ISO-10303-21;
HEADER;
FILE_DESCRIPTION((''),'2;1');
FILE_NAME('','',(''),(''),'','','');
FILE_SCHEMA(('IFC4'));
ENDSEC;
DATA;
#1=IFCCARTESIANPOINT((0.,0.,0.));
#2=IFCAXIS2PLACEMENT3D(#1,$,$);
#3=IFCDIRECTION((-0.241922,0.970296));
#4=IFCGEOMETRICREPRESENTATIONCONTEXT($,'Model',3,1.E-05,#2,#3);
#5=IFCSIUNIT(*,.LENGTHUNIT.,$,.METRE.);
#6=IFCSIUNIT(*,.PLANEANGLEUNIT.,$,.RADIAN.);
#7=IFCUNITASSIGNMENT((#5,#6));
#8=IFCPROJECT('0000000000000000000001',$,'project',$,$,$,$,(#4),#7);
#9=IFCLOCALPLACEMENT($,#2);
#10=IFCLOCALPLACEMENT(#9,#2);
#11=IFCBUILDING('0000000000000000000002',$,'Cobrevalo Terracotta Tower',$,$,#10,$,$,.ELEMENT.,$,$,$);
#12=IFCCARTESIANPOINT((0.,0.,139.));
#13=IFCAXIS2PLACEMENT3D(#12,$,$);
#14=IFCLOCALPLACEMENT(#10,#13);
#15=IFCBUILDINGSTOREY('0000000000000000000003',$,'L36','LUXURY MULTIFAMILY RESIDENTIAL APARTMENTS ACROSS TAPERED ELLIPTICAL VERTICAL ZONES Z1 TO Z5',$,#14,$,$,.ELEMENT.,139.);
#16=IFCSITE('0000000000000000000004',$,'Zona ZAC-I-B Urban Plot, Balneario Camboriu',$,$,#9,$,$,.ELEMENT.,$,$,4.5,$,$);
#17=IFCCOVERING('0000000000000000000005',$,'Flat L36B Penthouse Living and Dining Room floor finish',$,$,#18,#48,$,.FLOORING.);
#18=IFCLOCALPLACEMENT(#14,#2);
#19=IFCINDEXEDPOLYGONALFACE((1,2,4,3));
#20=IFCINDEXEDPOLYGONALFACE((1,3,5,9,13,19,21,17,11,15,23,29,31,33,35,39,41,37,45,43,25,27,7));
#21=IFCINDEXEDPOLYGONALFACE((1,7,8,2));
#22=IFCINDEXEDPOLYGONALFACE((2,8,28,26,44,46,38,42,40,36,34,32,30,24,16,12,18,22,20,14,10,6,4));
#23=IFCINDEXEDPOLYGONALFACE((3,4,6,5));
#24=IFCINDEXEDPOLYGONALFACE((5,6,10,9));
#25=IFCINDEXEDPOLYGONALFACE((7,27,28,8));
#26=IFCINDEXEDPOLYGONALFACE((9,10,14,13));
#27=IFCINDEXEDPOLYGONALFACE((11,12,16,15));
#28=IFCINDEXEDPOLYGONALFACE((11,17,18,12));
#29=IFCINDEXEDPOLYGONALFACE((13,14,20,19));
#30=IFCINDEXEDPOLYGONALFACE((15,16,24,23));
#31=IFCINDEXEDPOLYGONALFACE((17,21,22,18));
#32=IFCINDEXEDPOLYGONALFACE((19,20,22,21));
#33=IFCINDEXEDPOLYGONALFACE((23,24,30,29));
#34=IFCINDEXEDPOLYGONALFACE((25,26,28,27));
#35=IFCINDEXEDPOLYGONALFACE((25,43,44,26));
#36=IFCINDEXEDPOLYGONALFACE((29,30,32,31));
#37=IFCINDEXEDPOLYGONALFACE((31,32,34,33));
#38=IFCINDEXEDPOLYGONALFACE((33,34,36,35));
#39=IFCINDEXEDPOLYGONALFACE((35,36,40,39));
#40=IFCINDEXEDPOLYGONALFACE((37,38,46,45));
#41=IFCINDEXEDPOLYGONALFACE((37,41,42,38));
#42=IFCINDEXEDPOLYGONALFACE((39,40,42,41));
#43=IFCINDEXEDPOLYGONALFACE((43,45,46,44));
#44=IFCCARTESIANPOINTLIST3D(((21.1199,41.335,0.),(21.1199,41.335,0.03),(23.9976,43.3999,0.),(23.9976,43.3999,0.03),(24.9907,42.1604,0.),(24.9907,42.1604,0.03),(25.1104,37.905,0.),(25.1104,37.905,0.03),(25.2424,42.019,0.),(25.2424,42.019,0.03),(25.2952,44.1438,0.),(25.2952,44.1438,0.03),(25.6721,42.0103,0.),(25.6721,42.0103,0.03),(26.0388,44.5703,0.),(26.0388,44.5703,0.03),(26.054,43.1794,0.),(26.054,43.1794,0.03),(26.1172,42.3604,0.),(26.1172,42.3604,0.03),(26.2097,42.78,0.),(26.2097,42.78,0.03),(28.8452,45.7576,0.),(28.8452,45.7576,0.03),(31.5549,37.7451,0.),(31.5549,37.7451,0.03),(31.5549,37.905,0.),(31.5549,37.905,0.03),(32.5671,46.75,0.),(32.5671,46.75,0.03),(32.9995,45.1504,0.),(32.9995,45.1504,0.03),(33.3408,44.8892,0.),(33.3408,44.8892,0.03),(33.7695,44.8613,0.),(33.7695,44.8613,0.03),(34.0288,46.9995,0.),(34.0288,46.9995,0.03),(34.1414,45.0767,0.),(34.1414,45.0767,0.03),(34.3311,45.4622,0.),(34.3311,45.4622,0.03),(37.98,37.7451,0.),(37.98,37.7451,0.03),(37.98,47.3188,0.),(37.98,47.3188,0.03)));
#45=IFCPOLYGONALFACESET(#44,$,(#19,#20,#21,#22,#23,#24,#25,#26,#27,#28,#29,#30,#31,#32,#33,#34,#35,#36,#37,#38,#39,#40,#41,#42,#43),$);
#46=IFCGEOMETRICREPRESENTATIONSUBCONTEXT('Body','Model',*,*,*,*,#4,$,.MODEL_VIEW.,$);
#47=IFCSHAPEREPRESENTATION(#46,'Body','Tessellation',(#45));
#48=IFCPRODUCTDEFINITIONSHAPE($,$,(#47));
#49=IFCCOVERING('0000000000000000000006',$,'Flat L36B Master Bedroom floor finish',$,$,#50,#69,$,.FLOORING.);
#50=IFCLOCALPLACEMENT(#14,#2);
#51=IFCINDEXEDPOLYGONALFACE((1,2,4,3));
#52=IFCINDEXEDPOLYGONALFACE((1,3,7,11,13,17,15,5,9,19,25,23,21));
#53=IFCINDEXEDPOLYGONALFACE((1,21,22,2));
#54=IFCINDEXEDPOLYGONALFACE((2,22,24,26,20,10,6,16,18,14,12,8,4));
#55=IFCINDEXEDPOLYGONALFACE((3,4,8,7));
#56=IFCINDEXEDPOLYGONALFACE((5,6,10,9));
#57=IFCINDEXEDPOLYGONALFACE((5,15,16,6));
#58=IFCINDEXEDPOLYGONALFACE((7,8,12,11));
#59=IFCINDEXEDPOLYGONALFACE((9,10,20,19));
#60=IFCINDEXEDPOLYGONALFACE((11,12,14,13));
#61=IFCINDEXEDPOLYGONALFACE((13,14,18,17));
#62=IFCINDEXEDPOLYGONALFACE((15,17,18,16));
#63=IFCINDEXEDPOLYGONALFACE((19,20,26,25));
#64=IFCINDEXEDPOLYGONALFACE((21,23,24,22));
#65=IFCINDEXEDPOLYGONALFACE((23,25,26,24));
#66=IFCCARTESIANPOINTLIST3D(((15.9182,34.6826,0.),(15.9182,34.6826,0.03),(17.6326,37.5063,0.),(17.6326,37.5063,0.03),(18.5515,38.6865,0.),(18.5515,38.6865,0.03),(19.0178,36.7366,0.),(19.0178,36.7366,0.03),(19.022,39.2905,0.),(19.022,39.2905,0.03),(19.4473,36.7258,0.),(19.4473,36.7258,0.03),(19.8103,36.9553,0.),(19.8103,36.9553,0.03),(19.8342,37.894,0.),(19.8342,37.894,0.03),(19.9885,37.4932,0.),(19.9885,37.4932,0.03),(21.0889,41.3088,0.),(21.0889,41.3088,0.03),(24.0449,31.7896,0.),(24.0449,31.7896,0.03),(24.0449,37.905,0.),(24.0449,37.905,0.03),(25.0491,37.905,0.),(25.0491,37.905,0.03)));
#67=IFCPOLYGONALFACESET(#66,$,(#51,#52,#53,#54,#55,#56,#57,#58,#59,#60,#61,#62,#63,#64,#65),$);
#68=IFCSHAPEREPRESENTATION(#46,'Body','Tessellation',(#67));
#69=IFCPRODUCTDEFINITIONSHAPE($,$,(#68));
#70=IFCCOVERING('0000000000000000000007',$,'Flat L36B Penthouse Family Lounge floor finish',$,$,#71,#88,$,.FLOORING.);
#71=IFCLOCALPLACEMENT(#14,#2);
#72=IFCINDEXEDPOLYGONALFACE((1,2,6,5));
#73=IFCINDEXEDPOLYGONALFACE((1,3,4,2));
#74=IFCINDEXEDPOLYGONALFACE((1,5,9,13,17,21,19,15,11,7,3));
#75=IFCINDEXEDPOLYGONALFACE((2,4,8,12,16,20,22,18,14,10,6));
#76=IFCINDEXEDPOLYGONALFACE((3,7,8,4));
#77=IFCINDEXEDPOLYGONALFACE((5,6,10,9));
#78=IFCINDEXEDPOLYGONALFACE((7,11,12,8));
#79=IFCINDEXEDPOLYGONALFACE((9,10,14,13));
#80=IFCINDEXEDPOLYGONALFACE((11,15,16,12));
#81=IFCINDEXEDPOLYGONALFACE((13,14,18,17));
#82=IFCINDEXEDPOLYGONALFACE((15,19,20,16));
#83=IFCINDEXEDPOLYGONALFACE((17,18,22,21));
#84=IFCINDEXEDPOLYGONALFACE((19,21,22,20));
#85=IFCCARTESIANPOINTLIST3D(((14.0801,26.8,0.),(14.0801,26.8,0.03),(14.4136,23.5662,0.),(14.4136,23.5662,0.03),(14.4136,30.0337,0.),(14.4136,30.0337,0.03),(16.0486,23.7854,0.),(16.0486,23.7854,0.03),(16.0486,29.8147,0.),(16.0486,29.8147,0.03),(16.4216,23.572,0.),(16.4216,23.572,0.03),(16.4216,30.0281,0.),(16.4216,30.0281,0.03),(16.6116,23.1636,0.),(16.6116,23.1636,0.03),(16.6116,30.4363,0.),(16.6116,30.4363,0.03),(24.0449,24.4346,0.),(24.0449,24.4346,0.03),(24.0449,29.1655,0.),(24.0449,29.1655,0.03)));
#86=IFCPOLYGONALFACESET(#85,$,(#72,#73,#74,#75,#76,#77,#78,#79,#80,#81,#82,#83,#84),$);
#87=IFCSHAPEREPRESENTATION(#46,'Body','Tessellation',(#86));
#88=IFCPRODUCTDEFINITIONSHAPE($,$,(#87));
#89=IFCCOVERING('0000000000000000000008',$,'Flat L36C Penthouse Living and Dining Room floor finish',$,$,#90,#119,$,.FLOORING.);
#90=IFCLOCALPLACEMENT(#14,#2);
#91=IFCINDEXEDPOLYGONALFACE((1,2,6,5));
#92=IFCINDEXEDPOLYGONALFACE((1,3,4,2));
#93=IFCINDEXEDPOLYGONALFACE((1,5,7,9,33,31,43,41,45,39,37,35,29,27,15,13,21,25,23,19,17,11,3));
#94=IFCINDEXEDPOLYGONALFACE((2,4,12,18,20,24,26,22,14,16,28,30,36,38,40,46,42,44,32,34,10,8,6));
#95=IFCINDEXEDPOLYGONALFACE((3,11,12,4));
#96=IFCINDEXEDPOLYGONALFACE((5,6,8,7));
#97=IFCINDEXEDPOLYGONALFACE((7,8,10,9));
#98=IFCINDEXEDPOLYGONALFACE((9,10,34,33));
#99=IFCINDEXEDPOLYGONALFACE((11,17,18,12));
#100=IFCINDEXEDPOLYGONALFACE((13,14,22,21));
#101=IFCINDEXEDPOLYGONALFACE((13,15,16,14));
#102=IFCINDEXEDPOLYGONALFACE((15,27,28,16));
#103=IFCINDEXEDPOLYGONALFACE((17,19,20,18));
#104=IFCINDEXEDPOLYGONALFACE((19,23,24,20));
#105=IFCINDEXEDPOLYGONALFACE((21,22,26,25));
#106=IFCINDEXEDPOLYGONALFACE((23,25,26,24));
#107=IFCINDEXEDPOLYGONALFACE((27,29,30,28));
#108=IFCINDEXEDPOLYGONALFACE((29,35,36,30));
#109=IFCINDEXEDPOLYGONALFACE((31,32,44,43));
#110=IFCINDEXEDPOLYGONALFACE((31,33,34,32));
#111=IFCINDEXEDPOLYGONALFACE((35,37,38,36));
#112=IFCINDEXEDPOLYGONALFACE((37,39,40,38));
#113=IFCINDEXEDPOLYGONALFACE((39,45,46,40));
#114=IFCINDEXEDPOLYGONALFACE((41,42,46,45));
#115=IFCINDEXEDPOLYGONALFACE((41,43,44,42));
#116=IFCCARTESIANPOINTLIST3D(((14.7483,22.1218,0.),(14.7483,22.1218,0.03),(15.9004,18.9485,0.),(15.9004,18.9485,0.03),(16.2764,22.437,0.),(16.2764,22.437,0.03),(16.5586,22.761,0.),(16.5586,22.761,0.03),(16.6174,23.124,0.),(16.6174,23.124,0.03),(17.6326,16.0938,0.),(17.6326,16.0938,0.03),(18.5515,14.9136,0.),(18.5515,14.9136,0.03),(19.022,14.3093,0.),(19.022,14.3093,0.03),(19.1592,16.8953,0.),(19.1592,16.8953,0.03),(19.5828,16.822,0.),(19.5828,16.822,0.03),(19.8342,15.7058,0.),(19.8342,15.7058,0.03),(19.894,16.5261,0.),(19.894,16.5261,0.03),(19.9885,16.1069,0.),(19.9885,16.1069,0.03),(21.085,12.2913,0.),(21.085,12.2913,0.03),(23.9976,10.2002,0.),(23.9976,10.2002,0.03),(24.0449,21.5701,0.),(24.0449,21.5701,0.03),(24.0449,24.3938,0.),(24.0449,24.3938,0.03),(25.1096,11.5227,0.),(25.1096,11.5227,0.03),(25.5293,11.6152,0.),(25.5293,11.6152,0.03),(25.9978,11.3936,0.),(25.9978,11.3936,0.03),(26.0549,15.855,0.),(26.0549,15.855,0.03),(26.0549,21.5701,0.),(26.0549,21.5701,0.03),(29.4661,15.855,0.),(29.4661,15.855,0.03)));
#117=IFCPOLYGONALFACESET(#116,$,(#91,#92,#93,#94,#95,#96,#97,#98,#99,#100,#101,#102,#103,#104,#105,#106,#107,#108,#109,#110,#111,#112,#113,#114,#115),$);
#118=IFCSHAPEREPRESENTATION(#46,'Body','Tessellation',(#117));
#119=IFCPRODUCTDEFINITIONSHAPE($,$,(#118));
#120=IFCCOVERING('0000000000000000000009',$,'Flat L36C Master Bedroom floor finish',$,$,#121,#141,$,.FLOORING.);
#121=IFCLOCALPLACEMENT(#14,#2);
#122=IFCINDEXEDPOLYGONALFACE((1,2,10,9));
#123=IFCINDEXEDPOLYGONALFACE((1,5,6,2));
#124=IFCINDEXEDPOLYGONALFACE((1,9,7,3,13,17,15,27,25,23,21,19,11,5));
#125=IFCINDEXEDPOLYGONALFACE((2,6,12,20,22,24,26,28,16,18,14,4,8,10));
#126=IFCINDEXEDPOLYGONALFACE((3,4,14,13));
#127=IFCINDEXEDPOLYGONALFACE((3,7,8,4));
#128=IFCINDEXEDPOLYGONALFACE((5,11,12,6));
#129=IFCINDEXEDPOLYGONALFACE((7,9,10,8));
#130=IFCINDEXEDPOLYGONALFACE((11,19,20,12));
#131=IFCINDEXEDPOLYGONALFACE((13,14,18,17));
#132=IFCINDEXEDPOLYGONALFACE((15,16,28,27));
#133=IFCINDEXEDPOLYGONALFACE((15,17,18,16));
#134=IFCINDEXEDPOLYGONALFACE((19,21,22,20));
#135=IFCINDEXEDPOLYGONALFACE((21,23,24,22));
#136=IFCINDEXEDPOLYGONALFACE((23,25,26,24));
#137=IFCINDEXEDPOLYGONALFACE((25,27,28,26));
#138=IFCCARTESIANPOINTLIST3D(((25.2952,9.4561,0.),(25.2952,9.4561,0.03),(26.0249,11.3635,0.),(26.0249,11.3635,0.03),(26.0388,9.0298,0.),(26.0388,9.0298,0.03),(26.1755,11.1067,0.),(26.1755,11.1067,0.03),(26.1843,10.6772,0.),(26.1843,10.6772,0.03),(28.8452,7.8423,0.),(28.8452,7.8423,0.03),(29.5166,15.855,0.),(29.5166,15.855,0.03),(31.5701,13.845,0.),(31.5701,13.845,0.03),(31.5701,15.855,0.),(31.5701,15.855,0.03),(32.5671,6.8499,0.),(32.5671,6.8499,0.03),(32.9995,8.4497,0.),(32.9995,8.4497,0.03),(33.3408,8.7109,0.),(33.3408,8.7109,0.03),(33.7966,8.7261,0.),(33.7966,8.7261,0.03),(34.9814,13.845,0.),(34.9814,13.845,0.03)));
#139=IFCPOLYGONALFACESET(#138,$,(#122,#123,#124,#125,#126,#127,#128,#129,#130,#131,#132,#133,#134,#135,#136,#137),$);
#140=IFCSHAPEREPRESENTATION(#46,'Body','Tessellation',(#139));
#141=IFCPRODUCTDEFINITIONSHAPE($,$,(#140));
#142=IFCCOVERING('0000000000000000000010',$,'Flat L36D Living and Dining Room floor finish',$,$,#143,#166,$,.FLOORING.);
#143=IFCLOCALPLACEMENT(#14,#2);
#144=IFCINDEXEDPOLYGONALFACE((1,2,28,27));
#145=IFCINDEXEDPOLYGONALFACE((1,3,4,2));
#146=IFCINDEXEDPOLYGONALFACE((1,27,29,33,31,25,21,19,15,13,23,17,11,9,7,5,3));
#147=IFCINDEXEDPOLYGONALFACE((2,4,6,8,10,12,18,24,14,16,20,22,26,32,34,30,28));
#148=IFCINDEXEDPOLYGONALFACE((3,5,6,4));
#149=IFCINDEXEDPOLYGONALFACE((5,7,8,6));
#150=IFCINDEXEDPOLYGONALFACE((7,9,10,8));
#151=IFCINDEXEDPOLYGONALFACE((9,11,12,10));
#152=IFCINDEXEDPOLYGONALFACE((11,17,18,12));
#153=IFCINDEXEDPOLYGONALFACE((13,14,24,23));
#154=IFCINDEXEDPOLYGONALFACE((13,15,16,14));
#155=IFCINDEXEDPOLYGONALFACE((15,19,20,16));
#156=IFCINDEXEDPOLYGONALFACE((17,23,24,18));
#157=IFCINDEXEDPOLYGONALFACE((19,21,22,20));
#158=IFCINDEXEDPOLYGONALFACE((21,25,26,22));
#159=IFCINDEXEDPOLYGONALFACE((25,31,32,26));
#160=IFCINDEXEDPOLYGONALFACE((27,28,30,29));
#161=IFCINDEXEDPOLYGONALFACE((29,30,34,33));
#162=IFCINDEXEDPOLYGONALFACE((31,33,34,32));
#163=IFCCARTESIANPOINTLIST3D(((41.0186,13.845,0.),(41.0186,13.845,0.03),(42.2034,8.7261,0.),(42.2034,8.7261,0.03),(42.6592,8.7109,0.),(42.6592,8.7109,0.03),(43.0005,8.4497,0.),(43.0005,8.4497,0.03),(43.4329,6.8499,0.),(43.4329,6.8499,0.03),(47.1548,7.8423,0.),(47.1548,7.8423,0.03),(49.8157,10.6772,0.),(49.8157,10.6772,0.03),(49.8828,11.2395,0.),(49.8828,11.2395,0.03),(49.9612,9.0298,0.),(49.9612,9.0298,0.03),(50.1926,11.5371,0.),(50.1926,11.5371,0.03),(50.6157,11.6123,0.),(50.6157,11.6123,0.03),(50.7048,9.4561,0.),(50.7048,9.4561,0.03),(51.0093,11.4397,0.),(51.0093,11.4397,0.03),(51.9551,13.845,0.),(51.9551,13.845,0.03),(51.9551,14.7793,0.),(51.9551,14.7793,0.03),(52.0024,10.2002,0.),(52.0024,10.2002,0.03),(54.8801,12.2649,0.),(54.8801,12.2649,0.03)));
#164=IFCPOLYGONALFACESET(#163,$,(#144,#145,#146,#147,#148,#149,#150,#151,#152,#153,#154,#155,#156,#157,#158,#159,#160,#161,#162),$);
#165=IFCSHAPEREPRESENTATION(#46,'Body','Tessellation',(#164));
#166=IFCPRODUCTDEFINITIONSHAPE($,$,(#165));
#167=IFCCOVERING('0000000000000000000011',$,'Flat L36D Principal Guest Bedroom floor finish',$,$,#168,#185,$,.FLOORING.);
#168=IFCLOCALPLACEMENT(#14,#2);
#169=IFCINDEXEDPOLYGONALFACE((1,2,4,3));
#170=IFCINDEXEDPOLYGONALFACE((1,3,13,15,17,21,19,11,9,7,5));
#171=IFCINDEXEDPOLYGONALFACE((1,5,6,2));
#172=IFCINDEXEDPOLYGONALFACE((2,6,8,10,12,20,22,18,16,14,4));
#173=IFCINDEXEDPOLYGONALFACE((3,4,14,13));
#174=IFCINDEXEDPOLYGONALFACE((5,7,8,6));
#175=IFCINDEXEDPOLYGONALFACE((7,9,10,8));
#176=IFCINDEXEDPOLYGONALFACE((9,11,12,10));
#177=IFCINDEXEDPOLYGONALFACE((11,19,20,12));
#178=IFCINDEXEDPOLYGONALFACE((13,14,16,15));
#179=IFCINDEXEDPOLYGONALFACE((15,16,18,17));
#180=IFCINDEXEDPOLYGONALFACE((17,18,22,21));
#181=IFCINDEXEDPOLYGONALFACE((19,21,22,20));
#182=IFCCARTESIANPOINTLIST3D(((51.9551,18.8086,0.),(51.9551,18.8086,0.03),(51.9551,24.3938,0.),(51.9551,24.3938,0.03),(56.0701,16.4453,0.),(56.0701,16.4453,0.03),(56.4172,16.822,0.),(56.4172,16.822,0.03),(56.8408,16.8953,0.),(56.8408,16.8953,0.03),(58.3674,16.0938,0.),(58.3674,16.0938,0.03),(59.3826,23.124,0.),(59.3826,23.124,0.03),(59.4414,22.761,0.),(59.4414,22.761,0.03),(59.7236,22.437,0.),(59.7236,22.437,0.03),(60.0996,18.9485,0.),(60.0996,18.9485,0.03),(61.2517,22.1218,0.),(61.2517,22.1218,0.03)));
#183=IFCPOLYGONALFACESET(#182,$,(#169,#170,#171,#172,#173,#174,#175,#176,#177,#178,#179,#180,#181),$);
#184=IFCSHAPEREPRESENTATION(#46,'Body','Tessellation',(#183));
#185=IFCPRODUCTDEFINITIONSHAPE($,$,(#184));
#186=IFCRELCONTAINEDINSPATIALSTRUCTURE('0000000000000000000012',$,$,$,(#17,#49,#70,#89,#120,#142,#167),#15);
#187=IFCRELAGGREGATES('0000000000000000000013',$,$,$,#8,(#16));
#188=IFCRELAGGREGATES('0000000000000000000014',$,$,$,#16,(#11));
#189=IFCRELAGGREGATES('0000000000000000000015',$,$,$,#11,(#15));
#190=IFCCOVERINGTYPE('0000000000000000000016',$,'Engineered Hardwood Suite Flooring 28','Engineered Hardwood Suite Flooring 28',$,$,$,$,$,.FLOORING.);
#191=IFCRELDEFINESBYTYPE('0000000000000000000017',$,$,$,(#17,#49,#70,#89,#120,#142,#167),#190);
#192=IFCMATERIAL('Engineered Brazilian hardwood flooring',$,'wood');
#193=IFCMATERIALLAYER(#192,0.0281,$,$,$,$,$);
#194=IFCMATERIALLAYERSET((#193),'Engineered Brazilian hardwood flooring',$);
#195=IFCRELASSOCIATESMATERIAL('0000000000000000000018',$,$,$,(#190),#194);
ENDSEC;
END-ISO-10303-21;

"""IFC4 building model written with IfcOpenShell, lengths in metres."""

from ifc_helpers import new_model, si_unit, direction, frame, origin, place, context, subcontext, project, spatial, polyline, outline, extrude, material, layer, layer_set, type_object, element, save


model = new_model("IFC4")

# Units and contexts
model_context = context("Model", 3, precision=1e-05, world=origin(), true_north=direction((-0.241922, 0.970296)))
body_context = subcontext(model_context, "Body", "Model", "MODEL_VIEW")
ifc_project = project(units=[si_unit("LENGTHUNIT", "METRE"), si_unit("PLANEANGLEUNIT", "RADIAN")], contexts=[model_context])

# Site, building, storey
site_placement = place(None, origin())
site = spatial("IfcSite", under=ifc_project, at=site_placement, Name="Zona ZAC-I-B Urban Plot, Balneario Camboriu", CompositionType="ELEMENT", RefElevation=4.5)
building_placement = place(site_placement, origin())
building = spatial("IfcBuilding", under=site, at=building_placement, Name="Cobrevalo Terracotta Tower", CompositionType="ELEMENT")
storey_placement = place(building_placement, frame((0.0, 0.0, 139.0)))
storey = spatial("IfcBuildingStorey", under=building, at=storey_placement, Name="L36", Description="LUXURY MULTIFAMILY RESIDENTIAL APARTMENTS ACROSS TAPERED ELLIPTICAL VERTICAL ZONES Z1 TO Z5", CompositionType="ELEMENT", Elevation=139.0)

# Coverings
ifc_material_1 = material(Name="Engineered Brazilian hardwood flooring", Category="wood")
ifc_layer_1 = layer(ifc_material_1, 0.0281)
ifc_layer_set_1 = layer_set([ifc_layer_1], Name="Engineered Brazilian hardwood flooring")
covering_type_1 = type_object("IfcCoveringType", Name="Engineered Hardwood Suite Flooring 28", Description="Engineered Hardwood Suite Flooring 28", PredefinedType="FLOORING", material=ifc_layer_set_1)
covering_1_placement = place(storey_placement, origin())
element("IfcCovering", 1, at=covering_1_placement, inside=storey, type_object=covering_type_1, Name="Flat L36B Penthouse Living and Dining Room floor finish", PredefinedType="FLOORING", context=body_context, shape_type="SweptSolid", body=[
    extrude(outline(polyline([(23.9976, 43.3999), (24.9907, 42.1604), (25.2424, 42.019), (25.6721, 42.0103), (26.1172, 42.3604), (26.2097, 42.78), (26.054, 43.1794), (25.2952, 44.1438), (26.0388, 44.5703), (28.8452, 45.7576), (32.5671, 46.75), (32.9995, 45.1504), (33.3408, 44.8892), (33.7695, 44.8613), (34.1414, 45.0767), (34.3311, 45.4622), (34.0288, 46.9995), (37.98, 47.3188), (37.98, 37.7451), (31.5549, 37.7451), (31.5549, 37.905), (25.1104, 37.905), (21.1199, 41.335), (23.9976, 43.3999)])), origin(), (0.0, 0.0, 1.0), 0.03),
])
covering_2_placement = place(storey_placement, origin())
element("IfcCovering", 2, at=covering_2_placement, inside=storey, type_object=covering_type_1, Name="Flat L36B Master Bedroom floor finish", PredefinedType="FLOORING", context=body_context, shape_type="SweptSolid", body=[
    extrude(outline(polyline([(17.6326, 37.5063), (19.0178, 36.7366), (19.4473, 36.7258), (19.8103, 36.9553), (19.9885, 37.4932), (19.8342, 37.894), (18.5515, 38.6865), (19.022, 39.2905), (21.0889, 41.3088), (25.0491, 37.905), (24.0449, 37.905), (24.0449, 31.7896), (15.9182, 34.6826), (17.6326, 37.5063)])), origin(), (0.0, 0.0, 1.0), 0.03),
])
covering_3_placement = place(storey_placement, origin())
element("IfcCovering", 3, at=covering_3_placement, inside=storey, type_object=covering_type_1, Name="Flat L36B Penthouse Family Lounge floor finish", PredefinedType="FLOORING", context=body_context, shape_type="SweptSolid", body=[
    extrude(outline(polyline([(14.4136, 30.0337), (16.0486, 29.8147), (16.4216, 30.0281), (16.6116, 30.4363), (24.0449, 29.1655), (24.0449, 24.4346), (16.6116, 23.1636), (16.4216, 23.572), (16.0486, 23.7854), (14.4136, 23.5662), (14.0801, 26.8), (14.4136, 30.0337)])), origin(), (0.0, 0.0, 1.0), 0.03),
])
covering_4_placement = place(storey_placement, origin())
element("IfcCovering", 4, at=covering_4_placement, inside=storey, type_object=covering_type_1, Name="Flat L36C Penthouse Living and Dining Room floor finish", PredefinedType="FLOORING", context=body_context, shape_type="SweptSolid", body=[
    extrude(outline(polyline([(21.085, 12.2913), (19.022, 14.3093), (18.5515, 14.9136), (19.8342, 15.7058), (19.9885, 16.1069), (19.894, 16.5261), (19.5828, 16.822), (19.1592, 16.8953), (17.6326, 16.0938), (15.9004, 18.9485), (14.7483, 22.1218), (16.2764, 22.437), (16.5586, 22.761), (16.6174, 23.124), (24.0449, 24.3938), (24.0449, 21.5701), (26.0549, 21.5701), (26.0549, 15.855), (29.4661, 15.855), (25.9978, 11.3936), (25.5293, 11.6152), (25.1096, 11.5227), (23.9976, 10.2002), (21.085, 12.2913)])), origin(), (0.0, 0.0, 1.0), 0.03),
])
covering_5_placement = place(storey_placement, origin())
element("IfcCovering", 5, at=covering_5_placement, inside=storey, type_object=covering_type_1, Name="Flat L36C Master Bedroom floor finish", PredefinedType="FLOORING", context=body_context, shape_type="SweptSolid", body=[
    extrude(outline(polyline([(28.8452, 7.8423), (26.0388, 9.0298), (25.2952, 9.4561), (26.1843, 10.6772), (26.1755, 11.1067), (26.0249, 11.3635), (29.5166, 15.855), (31.5701, 15.855), (31.5701, 13.845), (34.9814, 13.845), (33.7966, 8.7261), (33.3408, 8.7109), (32.9995, 8.4497), (32.5671, 6.8499), (28.8452, 7.8423)])), origin(), (0.0, 0.0, 1.0), 0.03),
])
covering_6_placement = place(storey_placement, origin())
element("IfcCovering", 6, at=covering_6_placement, inside=storey, type_object=covering_type_1, Name="Flat L36D Living and Dining Room floor finish", PredefinedType="FLOORING", context=body_context, shape_type="SweptSolid", body=[
    extrude(outline(polyline([(52.0024, 10.2002), (51.0093, 11.4397), (50.6157, 11.6123), (50.1926, 11.5371), (49.8828, 11.2395), (49.8157, 10.6772), (50.7048, 9.4561), (49.9612, 9.0298), (47.1548, 7.8423), (43.4329, 6.8499), (43.0005, 8.4497), (42.6592, 8.7109), (42.2034, 8.7261), (41.0186, 13.845), (51.9551, 13.845), (51.9551, 14.7793), (54.8801, 12.2649), (52.0024, 10.2002)])), origin(), (0.0, 0.0, 1.0), 0.03),
])
covering_7_placement = place(storey_placement, origin())
element("IfcCovering", 7, at=covering_7_placement, inside=storey, type_object=covering_type_1, Name="Flat L36D Principal Guest Bedroom floor finish", PredefinedType="FLOORING", context=body_context, shape_type="SweptSolid", body=[
    extrude(outline(polyline([(58.3674, 16.0938), (56.8408, 16.8953), (56.4172, 16.822), (56.0701, 16.4453), (51.9551, 18.8086), (51.9551, 24.3938), (59.3826, 23.124), (59.4414, 22.761), (59.7236, 22.437), (61.2517, 22.1218), (60.0996, 18.9485), (58.3674, 16.0938)])), origin(), (0.0, 0.0, 1.0), 0.03),
])

save(model, "model.ifc")
